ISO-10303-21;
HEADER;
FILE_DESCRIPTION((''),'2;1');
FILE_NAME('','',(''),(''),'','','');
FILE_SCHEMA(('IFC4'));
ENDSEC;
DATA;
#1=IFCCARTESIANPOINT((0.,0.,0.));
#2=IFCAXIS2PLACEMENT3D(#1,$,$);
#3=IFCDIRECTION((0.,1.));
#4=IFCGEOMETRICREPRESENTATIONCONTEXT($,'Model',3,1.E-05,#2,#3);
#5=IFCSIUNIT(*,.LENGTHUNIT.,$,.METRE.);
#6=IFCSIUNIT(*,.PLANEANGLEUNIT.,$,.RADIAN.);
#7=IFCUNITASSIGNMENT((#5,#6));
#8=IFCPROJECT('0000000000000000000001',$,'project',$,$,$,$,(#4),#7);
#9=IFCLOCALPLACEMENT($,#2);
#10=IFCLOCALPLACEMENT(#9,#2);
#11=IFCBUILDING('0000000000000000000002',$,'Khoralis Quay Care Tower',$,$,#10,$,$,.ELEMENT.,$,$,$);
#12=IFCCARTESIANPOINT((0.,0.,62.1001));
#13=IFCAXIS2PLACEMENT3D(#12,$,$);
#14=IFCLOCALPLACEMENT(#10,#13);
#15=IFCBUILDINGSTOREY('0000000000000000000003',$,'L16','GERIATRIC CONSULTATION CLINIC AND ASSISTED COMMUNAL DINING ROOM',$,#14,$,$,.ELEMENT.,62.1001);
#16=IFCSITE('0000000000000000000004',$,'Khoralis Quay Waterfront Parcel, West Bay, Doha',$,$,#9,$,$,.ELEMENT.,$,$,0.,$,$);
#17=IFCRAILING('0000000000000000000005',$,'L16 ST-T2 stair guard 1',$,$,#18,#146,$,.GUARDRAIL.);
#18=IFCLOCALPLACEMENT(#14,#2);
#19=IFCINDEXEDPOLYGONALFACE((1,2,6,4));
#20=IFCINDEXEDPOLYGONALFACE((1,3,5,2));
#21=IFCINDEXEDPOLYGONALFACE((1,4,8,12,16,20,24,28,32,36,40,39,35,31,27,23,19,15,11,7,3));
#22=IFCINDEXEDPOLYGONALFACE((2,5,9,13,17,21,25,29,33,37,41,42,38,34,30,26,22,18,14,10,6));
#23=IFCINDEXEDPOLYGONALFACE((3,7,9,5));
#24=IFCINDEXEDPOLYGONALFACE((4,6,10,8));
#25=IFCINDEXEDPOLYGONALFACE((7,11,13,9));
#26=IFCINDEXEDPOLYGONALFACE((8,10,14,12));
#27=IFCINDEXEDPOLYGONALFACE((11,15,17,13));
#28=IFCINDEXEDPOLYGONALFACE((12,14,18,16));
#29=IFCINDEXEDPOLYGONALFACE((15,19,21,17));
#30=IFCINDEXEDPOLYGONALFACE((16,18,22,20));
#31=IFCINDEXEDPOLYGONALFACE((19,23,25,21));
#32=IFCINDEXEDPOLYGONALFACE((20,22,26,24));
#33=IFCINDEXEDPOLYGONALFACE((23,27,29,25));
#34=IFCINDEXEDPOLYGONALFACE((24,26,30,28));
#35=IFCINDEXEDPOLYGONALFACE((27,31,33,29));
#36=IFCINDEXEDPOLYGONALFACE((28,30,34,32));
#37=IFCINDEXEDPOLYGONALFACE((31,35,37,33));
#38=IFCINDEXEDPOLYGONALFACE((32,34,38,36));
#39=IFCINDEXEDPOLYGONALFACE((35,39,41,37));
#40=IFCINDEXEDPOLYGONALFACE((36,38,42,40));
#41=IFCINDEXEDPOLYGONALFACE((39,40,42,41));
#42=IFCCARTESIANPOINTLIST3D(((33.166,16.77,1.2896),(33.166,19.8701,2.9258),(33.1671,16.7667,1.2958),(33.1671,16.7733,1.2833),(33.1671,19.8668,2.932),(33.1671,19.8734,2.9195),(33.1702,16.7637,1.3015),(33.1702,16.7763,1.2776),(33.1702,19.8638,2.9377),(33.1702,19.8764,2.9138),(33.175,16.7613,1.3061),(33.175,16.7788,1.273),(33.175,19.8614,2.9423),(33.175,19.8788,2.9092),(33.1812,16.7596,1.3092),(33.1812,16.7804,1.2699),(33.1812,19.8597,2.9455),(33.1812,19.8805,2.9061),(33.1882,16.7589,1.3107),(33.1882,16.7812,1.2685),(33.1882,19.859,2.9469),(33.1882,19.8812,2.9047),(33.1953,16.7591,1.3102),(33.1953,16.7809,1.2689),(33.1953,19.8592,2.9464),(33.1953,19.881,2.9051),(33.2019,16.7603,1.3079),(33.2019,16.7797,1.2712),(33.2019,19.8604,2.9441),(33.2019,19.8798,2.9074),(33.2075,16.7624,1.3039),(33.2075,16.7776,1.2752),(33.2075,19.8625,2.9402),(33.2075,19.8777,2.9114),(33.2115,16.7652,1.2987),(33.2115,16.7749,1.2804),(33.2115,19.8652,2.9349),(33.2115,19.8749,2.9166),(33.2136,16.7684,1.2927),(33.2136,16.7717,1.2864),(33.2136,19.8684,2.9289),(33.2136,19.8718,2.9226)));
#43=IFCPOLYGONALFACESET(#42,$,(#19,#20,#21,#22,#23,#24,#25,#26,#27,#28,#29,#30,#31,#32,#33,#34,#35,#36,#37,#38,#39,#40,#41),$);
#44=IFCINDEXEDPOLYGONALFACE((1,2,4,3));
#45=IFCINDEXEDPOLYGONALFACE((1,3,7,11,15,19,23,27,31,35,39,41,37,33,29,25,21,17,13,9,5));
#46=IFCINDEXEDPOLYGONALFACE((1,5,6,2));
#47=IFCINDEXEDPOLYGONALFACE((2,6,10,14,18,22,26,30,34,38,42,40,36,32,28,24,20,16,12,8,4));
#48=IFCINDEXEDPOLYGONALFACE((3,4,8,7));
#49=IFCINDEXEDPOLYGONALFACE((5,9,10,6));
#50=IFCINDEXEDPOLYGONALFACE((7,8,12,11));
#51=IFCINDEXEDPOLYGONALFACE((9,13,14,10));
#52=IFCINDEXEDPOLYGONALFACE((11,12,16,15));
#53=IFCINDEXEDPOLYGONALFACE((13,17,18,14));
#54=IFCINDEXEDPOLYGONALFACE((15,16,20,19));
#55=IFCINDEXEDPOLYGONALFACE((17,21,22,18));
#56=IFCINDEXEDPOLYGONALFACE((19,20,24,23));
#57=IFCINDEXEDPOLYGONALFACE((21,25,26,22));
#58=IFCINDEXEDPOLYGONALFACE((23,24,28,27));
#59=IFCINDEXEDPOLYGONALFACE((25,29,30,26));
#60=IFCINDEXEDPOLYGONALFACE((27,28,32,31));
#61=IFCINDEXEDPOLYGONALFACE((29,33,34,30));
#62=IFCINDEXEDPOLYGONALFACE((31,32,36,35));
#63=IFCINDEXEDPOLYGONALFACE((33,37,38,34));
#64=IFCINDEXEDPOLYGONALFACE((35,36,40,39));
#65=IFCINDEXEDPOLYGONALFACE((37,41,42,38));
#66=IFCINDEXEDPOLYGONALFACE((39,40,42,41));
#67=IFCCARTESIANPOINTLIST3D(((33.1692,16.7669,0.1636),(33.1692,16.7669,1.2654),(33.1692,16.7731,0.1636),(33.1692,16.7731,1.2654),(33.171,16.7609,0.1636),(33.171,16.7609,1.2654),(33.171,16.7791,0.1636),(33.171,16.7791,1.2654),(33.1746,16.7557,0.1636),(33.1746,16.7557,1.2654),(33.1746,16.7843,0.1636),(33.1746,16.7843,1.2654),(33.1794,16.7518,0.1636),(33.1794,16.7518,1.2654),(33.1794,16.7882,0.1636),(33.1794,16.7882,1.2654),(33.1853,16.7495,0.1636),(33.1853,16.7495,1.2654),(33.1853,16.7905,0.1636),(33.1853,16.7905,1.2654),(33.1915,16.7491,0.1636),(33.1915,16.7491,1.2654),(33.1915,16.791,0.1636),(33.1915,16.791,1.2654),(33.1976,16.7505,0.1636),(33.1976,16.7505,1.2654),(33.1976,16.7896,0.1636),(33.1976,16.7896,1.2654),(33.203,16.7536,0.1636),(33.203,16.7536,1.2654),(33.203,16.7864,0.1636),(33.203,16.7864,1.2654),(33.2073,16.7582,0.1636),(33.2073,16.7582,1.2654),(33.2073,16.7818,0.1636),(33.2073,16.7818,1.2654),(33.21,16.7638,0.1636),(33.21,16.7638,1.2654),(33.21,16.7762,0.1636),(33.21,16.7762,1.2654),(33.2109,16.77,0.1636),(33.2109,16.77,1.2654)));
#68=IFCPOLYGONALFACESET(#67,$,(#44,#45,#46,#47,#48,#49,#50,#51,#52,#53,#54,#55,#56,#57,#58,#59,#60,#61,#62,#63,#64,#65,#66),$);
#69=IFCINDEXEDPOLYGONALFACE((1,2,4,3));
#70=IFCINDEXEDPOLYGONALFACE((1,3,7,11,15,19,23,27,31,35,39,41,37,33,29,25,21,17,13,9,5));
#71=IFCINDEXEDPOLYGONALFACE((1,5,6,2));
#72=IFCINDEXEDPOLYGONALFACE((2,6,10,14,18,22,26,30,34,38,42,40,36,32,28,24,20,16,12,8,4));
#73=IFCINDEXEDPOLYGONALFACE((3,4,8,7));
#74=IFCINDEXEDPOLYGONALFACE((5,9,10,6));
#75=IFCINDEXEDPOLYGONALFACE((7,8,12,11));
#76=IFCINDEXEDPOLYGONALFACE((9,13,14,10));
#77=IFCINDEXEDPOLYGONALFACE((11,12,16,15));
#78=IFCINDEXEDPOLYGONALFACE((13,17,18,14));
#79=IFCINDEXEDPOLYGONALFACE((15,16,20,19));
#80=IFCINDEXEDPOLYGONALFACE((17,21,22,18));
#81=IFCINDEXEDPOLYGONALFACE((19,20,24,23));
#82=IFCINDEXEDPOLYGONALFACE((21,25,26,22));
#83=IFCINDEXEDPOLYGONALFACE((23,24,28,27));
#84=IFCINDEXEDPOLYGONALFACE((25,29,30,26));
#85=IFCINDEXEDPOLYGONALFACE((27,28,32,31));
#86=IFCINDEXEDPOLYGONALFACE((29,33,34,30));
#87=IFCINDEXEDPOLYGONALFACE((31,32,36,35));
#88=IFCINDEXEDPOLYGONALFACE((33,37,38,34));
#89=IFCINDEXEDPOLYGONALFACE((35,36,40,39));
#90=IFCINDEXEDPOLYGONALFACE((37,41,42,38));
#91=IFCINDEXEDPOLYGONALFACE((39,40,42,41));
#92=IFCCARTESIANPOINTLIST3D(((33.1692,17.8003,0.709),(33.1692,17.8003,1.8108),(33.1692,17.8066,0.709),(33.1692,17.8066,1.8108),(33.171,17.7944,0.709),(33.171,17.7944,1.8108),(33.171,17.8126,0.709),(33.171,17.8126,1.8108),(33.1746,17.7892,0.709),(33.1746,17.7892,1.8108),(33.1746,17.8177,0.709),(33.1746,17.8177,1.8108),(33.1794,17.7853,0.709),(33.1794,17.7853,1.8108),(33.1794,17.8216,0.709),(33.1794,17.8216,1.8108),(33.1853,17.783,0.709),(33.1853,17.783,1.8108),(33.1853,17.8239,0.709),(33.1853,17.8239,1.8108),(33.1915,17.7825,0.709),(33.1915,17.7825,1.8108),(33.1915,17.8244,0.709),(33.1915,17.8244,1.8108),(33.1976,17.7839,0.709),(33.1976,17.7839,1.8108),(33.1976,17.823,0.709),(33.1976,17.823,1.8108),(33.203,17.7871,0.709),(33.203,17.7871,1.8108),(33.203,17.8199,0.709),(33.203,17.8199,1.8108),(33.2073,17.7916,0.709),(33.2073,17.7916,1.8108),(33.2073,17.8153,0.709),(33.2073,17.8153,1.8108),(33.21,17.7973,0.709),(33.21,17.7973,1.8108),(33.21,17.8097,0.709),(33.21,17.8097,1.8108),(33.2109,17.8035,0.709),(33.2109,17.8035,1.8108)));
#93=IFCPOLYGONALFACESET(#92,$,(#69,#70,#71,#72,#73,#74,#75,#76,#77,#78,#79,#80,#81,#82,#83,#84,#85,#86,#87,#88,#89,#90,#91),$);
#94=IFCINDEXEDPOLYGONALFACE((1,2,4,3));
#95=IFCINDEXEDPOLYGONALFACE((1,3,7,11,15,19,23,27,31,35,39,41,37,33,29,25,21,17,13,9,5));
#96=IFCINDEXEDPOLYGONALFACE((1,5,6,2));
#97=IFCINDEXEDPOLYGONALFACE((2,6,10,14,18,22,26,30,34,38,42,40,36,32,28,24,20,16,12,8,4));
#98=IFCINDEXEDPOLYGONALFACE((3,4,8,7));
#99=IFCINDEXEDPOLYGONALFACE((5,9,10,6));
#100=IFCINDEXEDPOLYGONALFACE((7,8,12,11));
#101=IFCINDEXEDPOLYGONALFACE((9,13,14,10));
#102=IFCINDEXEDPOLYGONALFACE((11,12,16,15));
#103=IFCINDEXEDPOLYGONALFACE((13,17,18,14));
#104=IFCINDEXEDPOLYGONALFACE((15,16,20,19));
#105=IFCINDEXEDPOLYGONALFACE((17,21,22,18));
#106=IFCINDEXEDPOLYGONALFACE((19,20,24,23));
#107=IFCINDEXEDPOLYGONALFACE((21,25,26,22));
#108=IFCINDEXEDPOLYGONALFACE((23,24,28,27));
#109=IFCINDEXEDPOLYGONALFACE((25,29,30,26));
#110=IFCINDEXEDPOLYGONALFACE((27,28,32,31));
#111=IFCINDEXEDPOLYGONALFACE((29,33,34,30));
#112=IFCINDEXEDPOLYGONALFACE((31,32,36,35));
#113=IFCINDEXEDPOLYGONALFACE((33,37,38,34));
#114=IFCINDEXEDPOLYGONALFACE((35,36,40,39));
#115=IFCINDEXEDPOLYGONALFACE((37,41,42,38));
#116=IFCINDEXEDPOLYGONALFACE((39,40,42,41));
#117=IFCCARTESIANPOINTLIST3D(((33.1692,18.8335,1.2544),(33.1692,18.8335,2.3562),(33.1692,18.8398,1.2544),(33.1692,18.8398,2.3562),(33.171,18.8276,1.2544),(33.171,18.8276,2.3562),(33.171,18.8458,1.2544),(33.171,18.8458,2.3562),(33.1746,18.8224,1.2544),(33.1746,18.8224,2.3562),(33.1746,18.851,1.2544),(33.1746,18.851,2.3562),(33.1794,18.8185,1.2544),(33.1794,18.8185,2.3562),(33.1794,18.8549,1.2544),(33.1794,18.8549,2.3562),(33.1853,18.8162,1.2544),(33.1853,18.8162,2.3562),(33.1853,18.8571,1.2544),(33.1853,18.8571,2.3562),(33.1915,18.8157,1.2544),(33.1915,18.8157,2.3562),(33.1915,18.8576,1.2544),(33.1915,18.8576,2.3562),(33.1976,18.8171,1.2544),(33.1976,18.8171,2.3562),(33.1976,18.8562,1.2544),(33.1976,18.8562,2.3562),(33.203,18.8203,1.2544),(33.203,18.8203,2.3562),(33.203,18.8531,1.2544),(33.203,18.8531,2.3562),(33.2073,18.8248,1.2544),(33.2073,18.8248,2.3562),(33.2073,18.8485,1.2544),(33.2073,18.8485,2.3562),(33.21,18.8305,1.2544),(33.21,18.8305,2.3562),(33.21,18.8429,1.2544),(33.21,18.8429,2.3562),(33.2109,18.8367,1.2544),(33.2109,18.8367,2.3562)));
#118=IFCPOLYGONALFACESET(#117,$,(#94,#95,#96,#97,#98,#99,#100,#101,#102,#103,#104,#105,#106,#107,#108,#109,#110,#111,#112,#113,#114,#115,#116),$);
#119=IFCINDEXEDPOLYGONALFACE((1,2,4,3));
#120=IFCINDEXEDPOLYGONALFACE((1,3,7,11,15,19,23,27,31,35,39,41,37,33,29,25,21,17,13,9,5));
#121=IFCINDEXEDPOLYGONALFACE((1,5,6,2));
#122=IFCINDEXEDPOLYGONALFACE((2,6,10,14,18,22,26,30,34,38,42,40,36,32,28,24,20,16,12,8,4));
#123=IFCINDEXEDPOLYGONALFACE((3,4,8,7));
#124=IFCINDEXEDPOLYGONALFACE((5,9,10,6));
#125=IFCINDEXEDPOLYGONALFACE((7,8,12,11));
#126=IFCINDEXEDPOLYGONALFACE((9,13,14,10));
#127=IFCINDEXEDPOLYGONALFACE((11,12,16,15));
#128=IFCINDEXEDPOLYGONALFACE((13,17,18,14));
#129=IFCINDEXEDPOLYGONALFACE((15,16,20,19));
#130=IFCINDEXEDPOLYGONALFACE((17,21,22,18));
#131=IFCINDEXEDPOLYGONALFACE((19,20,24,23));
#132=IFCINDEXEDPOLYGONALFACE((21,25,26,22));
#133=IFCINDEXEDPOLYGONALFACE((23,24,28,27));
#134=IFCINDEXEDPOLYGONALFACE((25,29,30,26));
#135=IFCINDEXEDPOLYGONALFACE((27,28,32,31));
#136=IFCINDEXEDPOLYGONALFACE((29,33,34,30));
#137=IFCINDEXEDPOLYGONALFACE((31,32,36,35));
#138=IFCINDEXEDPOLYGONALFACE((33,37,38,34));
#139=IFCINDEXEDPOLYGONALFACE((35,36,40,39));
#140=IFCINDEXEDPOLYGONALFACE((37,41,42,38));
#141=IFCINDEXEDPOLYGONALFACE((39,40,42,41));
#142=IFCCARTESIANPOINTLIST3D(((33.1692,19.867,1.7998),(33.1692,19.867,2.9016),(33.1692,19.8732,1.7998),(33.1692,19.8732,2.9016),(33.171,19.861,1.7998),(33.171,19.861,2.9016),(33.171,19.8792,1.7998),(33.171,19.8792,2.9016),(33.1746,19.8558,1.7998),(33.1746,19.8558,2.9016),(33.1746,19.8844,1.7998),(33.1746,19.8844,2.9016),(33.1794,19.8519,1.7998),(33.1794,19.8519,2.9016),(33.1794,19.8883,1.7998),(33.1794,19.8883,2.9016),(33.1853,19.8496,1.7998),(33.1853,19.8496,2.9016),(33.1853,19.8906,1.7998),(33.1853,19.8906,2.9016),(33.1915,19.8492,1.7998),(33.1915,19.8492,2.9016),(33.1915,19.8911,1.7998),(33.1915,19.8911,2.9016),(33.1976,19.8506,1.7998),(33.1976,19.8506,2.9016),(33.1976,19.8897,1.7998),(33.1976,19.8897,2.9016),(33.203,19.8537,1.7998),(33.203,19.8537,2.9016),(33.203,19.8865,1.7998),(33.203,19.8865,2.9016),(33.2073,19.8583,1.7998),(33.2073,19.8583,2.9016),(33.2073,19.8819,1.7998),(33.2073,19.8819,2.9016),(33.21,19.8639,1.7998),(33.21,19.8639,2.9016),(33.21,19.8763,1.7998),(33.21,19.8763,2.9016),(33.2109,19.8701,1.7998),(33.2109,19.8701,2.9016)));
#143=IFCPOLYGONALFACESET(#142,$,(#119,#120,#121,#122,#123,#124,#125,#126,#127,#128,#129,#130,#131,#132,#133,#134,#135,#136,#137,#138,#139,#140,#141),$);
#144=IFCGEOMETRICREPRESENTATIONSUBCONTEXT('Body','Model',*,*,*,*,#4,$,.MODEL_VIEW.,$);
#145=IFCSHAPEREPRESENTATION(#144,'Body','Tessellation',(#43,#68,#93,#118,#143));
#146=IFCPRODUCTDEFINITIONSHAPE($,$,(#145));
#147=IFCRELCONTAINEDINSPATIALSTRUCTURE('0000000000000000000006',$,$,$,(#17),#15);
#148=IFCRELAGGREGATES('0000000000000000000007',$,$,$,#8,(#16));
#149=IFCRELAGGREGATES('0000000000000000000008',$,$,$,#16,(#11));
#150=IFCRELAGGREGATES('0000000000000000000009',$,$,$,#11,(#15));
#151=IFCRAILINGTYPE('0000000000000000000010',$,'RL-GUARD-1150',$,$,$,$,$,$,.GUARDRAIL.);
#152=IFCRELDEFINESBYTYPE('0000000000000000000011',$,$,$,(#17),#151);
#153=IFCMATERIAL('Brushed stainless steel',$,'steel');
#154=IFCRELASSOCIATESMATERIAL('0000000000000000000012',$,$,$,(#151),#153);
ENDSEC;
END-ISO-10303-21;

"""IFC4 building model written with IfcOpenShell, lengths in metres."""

from ifc_helpers import new_model, si_unit, direction, frame, origin, origin_2d, place, context, subcontext, project, spatial, circle, extrude, material, type_object, element, save


model = new_model("IFC4")

# Units and contexts
model_context = context("Model", 3, precision=1e-05, world=origin(), true_north=direction((0.0, 1.0)))
body_context = subcontext(model_context, "Body", "Model", "MODEL_VIEW")
ifc_project = project(units=[si_unit("LENGTHUNIT", "METRE"), si_unit("PLANEANGLEUNIT", "RADIAN")], contexts=[model_context])

# Site, building, storey
site_placement = place(None, origin())
site = spatial("IfcSite", under=ifc_project, at=site_placement, Name="Khoralis Quay Waterfront Parcel, West Bay, Doha", CompositionType="ELEMENT", RefElevation=0.0)
building_placement = place(site_placement, origin())
building = spatial("IfcBuilding", under=site, at=building_placement, Name="Khoralis Quay Care Tower", CompositionType="ELEMENT")
storey_placement = place(building_placement, frame((0.0, 0.0, 62.1001)))
storey = spatial("IfcBuildingStorey", under=building, at=storey_placement, Name="L16", Description="GERIATRIC CONSULTATION CLINIC AND ASSISTED COMMUNAL DINING ROOM", CompositionType="ELEMENT", Elevation=62.1001)

# Shared definitions
ifc_material_1 = material(Name="Brushed stainless steel", Category="steel")

# Railing
railing_type_1 = type_object("IfcRailingType", Name="RL-GUARD-1150", PredefinedType="GUARDRAIL", material=ifc_material_1)
railing_1_placement = place(storey_placement, frame((33.1899, 16.77, 0.1636)))
element("IfcRailing", 1, at=railing_1_placement, inside=storey, type_object=railing_type_1, Name="L16 ST-T2 stair guard 1", PredefinedType="GUARDRAIL", context=body_context, shape_type="SweptSolid", body=[
    extrude(circle(Radius=0.0239, at=origin_2d()), frame((0.0, 0.0, 1.126), z_axis=(0.0, 0.884377, 0.466774), x_axis=(-1.0, 0.0, 0.0)), (0.0, 0.0, 1.0), 3.5054),
    extrude(circle(Radius=0.021, at=origin_2d()), origin(), (0.0, 0.0, 1.0), 1.1018),
    extrude(circle(Radius=0.021, at=origin_2d()), frame((0.0, 1.0334, 0.5454)), (0.0, 0.0, 1.0), 1.1018),
    extrude(circle(Radius=0.021, at=origin_2d()), frame((0.0, 2.0667, 1.0908)), (0.0, 0.0, 1.0), 1.1018),
    extrude(circle(Radius=0.021, at=origin_2d()), frame((0.0, 3.1001, 1.6362)), (0.0, 0.0, 1.0), 1.1018),
])

save(model, "model.ifc")
